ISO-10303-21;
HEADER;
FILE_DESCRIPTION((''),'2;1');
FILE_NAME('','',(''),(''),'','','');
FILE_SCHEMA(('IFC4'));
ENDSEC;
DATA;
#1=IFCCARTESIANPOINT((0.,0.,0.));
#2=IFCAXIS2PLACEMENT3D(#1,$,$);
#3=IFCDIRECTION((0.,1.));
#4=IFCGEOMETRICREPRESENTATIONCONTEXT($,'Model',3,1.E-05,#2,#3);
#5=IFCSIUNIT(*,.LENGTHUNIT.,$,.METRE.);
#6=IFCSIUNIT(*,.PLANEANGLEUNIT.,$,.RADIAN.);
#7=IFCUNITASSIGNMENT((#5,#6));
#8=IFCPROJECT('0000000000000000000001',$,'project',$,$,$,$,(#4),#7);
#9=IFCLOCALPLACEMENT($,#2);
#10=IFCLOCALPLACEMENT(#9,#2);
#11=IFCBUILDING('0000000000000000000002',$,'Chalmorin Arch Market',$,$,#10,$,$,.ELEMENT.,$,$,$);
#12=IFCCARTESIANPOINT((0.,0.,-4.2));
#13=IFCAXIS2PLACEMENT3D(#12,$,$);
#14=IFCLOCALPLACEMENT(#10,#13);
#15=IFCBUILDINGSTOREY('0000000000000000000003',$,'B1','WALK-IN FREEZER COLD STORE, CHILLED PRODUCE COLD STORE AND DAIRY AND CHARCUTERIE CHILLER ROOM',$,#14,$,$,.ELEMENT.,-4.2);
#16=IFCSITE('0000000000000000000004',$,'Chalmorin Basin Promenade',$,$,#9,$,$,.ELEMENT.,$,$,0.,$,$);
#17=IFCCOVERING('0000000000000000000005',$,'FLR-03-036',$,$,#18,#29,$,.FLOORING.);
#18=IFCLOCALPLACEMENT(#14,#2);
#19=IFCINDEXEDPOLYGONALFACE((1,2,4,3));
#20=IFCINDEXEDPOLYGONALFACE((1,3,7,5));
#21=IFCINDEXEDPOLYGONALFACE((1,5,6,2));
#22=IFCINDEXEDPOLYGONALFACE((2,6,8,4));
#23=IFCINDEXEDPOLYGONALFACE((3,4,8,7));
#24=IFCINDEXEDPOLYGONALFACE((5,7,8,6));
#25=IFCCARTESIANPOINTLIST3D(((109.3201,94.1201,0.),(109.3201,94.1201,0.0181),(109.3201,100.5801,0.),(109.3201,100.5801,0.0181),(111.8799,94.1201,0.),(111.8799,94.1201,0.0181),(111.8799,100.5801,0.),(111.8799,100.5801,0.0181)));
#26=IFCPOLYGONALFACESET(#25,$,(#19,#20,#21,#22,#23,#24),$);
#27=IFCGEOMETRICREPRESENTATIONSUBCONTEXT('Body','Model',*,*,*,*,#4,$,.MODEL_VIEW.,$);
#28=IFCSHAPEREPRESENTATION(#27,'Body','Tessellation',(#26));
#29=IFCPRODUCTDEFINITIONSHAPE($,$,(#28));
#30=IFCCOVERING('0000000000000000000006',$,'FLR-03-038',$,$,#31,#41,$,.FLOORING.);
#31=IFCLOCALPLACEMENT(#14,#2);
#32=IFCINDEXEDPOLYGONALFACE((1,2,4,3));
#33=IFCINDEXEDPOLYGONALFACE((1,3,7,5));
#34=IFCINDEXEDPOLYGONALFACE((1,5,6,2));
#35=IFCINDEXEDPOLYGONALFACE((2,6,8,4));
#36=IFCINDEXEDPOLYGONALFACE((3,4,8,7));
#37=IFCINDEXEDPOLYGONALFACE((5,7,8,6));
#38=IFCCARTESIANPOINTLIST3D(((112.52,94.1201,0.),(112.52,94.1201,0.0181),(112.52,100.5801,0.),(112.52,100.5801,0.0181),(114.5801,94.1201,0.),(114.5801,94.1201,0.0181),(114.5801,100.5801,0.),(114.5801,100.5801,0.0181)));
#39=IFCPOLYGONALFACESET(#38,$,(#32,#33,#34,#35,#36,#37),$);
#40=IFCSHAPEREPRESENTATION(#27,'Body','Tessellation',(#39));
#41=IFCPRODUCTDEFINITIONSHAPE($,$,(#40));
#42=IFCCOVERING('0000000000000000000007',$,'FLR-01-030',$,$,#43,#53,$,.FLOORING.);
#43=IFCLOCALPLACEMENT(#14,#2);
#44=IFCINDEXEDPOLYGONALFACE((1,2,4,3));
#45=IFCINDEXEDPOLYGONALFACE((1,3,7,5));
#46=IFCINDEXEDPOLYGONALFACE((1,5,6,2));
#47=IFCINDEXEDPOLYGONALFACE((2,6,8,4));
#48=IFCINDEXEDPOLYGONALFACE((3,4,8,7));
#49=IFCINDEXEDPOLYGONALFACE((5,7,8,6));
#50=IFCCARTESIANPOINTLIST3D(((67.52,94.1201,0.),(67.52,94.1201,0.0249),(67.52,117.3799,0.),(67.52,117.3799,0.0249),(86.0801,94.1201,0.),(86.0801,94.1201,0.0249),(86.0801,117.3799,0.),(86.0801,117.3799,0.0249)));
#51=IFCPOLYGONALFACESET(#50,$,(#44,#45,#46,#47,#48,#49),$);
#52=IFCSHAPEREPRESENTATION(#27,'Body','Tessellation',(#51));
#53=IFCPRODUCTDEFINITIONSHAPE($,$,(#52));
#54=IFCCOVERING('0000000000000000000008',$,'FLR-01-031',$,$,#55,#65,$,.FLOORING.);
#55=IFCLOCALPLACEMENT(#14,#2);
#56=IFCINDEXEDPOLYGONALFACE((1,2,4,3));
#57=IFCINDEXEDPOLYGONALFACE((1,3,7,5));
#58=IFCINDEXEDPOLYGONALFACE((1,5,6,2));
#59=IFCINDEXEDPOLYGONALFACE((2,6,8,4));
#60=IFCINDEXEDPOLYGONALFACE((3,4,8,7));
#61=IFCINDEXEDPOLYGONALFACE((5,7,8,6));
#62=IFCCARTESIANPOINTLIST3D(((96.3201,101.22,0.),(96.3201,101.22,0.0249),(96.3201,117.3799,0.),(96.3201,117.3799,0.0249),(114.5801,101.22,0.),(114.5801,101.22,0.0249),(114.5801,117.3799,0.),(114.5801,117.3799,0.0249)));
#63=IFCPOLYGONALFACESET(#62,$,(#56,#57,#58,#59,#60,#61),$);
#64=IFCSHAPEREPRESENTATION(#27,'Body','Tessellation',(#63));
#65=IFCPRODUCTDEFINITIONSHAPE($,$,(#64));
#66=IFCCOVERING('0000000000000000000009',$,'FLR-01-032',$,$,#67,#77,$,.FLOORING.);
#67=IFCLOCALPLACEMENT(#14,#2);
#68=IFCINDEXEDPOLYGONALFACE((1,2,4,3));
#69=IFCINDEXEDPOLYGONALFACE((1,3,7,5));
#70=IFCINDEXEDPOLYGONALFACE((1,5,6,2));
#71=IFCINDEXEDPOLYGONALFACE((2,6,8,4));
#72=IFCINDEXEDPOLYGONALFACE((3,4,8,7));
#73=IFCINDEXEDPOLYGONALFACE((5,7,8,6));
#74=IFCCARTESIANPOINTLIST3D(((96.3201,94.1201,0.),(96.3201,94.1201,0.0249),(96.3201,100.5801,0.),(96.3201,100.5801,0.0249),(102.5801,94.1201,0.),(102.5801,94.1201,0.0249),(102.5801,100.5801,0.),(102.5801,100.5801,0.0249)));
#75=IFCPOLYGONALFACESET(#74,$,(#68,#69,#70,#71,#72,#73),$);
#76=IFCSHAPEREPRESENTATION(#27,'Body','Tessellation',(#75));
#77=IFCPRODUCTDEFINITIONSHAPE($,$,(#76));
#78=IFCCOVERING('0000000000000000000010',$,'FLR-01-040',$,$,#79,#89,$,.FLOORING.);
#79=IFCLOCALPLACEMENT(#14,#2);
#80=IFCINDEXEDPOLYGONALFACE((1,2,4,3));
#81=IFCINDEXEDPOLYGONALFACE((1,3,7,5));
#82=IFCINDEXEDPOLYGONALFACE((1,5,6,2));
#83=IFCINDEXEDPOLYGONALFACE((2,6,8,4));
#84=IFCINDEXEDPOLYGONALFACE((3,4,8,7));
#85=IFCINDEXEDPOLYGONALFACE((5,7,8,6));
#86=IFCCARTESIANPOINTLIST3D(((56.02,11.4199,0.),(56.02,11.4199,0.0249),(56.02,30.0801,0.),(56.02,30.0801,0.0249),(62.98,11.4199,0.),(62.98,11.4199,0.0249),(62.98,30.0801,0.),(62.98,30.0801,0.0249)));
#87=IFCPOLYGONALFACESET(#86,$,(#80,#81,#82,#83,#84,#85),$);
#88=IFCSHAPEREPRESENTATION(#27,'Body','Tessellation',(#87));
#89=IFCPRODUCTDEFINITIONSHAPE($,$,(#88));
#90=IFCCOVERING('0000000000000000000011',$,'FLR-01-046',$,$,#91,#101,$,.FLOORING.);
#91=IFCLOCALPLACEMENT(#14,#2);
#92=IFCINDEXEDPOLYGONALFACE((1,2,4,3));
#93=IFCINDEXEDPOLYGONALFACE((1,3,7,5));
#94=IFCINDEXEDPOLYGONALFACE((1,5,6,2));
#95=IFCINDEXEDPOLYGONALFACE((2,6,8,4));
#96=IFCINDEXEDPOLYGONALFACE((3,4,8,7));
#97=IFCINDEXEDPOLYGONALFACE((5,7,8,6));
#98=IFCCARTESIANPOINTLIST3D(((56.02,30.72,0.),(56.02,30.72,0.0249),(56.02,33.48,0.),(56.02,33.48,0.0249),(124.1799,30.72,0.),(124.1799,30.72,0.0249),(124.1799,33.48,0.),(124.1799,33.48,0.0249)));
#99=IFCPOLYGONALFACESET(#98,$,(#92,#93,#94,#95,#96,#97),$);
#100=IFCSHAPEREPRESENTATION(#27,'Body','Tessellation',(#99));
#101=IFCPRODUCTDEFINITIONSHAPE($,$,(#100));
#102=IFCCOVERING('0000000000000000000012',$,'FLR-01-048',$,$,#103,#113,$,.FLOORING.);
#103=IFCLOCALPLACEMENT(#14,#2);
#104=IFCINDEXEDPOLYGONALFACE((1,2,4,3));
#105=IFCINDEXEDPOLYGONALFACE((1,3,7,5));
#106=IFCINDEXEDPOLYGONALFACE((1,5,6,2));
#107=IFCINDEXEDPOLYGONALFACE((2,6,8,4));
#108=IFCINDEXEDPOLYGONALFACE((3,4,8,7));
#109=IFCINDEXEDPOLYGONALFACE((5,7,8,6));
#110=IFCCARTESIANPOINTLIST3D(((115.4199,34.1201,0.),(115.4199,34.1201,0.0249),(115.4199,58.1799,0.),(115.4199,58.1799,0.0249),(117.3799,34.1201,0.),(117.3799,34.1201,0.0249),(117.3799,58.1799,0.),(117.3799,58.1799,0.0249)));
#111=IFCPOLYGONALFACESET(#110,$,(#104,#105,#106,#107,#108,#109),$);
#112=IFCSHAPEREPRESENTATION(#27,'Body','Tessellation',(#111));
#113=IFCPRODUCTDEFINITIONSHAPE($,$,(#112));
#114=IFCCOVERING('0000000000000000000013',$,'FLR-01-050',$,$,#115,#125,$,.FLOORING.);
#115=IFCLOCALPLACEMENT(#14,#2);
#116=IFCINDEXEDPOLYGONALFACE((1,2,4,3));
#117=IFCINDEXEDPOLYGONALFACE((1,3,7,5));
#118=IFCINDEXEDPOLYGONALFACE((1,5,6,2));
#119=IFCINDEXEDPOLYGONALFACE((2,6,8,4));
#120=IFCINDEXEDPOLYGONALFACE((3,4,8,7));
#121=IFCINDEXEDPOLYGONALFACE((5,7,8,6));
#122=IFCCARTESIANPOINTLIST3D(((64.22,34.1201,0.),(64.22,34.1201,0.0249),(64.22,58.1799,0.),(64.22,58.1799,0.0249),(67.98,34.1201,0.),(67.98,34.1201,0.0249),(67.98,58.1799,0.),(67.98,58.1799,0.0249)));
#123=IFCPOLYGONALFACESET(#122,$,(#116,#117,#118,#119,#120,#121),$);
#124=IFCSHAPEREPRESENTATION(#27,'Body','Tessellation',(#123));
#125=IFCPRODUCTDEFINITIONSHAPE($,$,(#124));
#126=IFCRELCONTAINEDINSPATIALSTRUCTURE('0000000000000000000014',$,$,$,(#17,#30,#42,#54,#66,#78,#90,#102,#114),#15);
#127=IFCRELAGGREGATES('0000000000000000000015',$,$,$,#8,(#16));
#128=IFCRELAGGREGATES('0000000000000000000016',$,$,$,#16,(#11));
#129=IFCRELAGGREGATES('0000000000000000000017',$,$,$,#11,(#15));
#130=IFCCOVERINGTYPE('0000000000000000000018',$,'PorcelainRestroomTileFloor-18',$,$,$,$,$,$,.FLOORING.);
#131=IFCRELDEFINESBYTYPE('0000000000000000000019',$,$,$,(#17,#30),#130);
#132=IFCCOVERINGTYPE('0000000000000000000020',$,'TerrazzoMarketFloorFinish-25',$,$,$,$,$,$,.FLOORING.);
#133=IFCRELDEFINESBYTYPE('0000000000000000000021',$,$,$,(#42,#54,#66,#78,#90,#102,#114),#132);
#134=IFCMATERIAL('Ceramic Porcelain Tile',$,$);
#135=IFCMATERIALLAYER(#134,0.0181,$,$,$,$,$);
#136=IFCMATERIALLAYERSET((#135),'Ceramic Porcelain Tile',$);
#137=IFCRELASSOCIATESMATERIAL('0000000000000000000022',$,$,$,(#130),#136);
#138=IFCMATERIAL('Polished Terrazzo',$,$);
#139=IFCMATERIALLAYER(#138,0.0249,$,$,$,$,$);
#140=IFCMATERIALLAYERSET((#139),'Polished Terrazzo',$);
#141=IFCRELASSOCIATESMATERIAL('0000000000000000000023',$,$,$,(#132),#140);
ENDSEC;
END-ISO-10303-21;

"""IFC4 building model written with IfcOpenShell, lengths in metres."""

from ifc_helpers import new_model, si_unit, direction, frame, origin, place, context, subcontext, project, spatial, polyline, outline, extrude, material, layer, layer_set, type_object, element, save


model = new_model("IFC4")

# Units and contexts
model_context = context("Model", 3, precision=1e-05, world=origin(), true_north=direction((0.0, 1.0)))
body_context = subcontext(model_context, "Body", "Model", "MODEL_VIEW")
ifc_project = project(units=[si_unit("LENGTHUNIT", "METRE"), si_unit("PLANEANGLEUNIT", "RADIAN")], contexts=[model_context])

# Site, building, storey
site_placement = place(None, origin())
site = spatial("IfcSite", under=ifc_project, at=site_placement, Name="Chalmorin Basin Promenade", CompositionType="ELEMENT", RefElevation=0.0)
building_placement = place(site_placement, origin())
building = spatial("IfcBuilding", under=site, at=building_placement, Name="Chalmorin Arch Market", CompositionType="ELEMENT")
storey_placement = place(building_placement, frame((0.0, 0.0, -4.2)))
storey = spatial("IfcBuildingStorey", under=building, at=storey_placement, Name="B1", Description="WALK-IN FREEZER COLD STORE, CHILLED PRODUCE COLD STORE AND DAIRY AND CHARCUTERIE CHILLER ROOM", CompositionType="ELEMENT", Elevation=-4.2)

# Coverings
ifc_material_1 = material(Name="Ceramic Porcelain Tile")
ifc_layer_1 = layer(ifc_material_1, 0.0181)
ifc_layer_set_1 = layer_set([ifc_layer_1], Name="Ceramic Porcelain Tile")
covering_type_1 = type_object("IfcCoveringType", Name="PorcelainRestroomTileFloor-18", PredefinedType="FLOORING", material=ifc_layer_set_1)
covering_1_placement = place(storey_placement, origin())
element("IfcCovering", 1, at=covering_1_placement, inside=storey, type_object=covering_type_1, Name="FLR-03-036", PredefinedType="FLOORING", context=body_context, shape_type="SweptSolid", body=[
    extrude(outline(polyline([(109.3201, 94.1201), (111.8799, 94.1201), (111.8799, 100.5801), (109.3201, 100.5801), (109.3201, 94.1201)])), origin(), (0.0, 0.0, 1.0), 0.0181),
])
covering_2_placement = place(storey_placement, origin())
element("IfcCovering", 2, at=covering_2_placement, inside=storey, type_object=covering_type_1, Name="FLR-03-038", PredefinedType="FLOORING", context=body_context, shape_type="SweptSolid", body=[
    extrude(outline(polyline([(112.52, 94.1201), (114.5801, 94.1201), (114.5801, 100.5801), (112.52, 100.5801), (112.52, 94.1201)])), origin(), (0.0, 0.0, 1.0), 0.0181),
])
ifc_material_2 = material(Name="Polished Terrazzo")
ifc_layer_2 = layer(ifc_material_2, 0.0249)
ifc_layer_set_2 = layer_set([ifc_layer_2], Name="Polished Terrazzo")
covering_type_2 = type_object("IfcCoveringType", Name="TerrazzoMarketFloorFinish-25", PredefinedType="FLOORING", material=ifc_layer_set_2)
covering_3_placement = place(storey_placement, origin())
element("IfcCovering", 3, at=covering_3_placement, inside=storey, type_object=covering_type_2, Name="FLR-01-030", PredefinedType="FLOORING", context=body_context, shape_type="SweptSolid", body=[
    extrude(outline(polyline([(67.52, 94.1201), (86.0801, 94.1201), (86.0801, 117.3799), (67.52, 117.3799), (67.52, 94.1201)])), origin(), (0.0, 0.0, 1.0), 0.0249),
])
covering_4_placement = place(storey_placement, origin())
element("IfcCovering", 4, at=covering_4_placement, inside=storey, type_object=covering_type_2, Name="FLR-01-031", PredefinedType="FLOORING", context=body_context, shape_type="SweptSolid", body=[
    extrude(outline(polyline([(96.3201, 101.22), (114.5801, 101.22), (114.5801, 117.3799), (96.3201, 117.3799), (96.3201, 101.22)])), origin(), (0.0, 0.0, 1.0), 0.0249),
])
covering_5_placement = place(storey_placement, origin())
element("IfcCovering", 5, at=covering_5_placement, inside=storey, type_object=covering_type_2, Name="FLR-01-032", PredefinedType="FLOORING", context=body_context, shape_type="SweptSolid", body=[
    extrude(outline(polyline([(96.3201, 94.1201), (102.5801, 94.1201), (102.5801, 100.5801), (96.3201, 100.5801), (96.3201, 94.1201)])), origin(), (0.0, 0.0, 1.0), 0.0249),
])
covering_6_placement = place(storey_placement, origin())
element("IfcCovering", 6, at=covering_6_placement, inside=storey, type_object=covering_type_2, Name="FLR-01-040", PredefinedType="FLOORING", context=body_context, shape_type="SweptSolid", body=[
    extrude(outline(polyline([(56.02, 11.4199), (62.98, 11.4199), (62.98, 30.0801), (56.02, 30.0801), (56.02, 11.4199)])), origin(), (0.0, 0.0, 1.0), 0.0249),
])
covering_7_placement = place(storey_placement, origin())
element("IfcCovering", 7, at=covering_7_placement, inside=storey, type_object=covering_type_2, Name="FLR-01-046", PredefinedType="FLOORING", context=body_context, shape_type="SweptSolid", body=[
    extrude(outline(polyline([(56.02, 30.72), (124.1799, 30.72), (124.1799, 33.48), (56.02, 33.48), (56.02, 30.72)])), origin(), (0.0, 0.0, 1.0), 0.0249),
])
covering_8_placement = place(storey_placement, origin())
element("IfcCovering", 8, at=covering_8_placement, inside=storey, type_object=covering_type_2, Name="FLR-01-048", PredefinedType="FLOORING", context=body_context, shape_type="SweptSolid", body=[
    extrude(outline(polyline([(115.4199, 34.1201), (117.3799, 34.1201), (117.3799, 58.1799), (115.4199, 58.1799), (115.4199, 34.1201)])), origin(), (0.0, 0.0, 1.0), 0.0249),
])
covering_9_placement = place(storey_placement, origin())
element("IfcCovering", 9, at=covering_9_placement, inside=storey, type_object=covering_type_2, Name="FLR-01-050", PredefinedType="FLOORING", context=body_context, shape_type="SweptSolid", body=[
    extrude(outline(polyline([(64.22, 34.1201), (67.98, 34.1201), (67.98, 58.1799), (64.22, 58.1799), (64.22, 34.1201)])), origin(), (0.0, 0.0, 1.0), 0.0249),
])

save(model, "model.ifc")
